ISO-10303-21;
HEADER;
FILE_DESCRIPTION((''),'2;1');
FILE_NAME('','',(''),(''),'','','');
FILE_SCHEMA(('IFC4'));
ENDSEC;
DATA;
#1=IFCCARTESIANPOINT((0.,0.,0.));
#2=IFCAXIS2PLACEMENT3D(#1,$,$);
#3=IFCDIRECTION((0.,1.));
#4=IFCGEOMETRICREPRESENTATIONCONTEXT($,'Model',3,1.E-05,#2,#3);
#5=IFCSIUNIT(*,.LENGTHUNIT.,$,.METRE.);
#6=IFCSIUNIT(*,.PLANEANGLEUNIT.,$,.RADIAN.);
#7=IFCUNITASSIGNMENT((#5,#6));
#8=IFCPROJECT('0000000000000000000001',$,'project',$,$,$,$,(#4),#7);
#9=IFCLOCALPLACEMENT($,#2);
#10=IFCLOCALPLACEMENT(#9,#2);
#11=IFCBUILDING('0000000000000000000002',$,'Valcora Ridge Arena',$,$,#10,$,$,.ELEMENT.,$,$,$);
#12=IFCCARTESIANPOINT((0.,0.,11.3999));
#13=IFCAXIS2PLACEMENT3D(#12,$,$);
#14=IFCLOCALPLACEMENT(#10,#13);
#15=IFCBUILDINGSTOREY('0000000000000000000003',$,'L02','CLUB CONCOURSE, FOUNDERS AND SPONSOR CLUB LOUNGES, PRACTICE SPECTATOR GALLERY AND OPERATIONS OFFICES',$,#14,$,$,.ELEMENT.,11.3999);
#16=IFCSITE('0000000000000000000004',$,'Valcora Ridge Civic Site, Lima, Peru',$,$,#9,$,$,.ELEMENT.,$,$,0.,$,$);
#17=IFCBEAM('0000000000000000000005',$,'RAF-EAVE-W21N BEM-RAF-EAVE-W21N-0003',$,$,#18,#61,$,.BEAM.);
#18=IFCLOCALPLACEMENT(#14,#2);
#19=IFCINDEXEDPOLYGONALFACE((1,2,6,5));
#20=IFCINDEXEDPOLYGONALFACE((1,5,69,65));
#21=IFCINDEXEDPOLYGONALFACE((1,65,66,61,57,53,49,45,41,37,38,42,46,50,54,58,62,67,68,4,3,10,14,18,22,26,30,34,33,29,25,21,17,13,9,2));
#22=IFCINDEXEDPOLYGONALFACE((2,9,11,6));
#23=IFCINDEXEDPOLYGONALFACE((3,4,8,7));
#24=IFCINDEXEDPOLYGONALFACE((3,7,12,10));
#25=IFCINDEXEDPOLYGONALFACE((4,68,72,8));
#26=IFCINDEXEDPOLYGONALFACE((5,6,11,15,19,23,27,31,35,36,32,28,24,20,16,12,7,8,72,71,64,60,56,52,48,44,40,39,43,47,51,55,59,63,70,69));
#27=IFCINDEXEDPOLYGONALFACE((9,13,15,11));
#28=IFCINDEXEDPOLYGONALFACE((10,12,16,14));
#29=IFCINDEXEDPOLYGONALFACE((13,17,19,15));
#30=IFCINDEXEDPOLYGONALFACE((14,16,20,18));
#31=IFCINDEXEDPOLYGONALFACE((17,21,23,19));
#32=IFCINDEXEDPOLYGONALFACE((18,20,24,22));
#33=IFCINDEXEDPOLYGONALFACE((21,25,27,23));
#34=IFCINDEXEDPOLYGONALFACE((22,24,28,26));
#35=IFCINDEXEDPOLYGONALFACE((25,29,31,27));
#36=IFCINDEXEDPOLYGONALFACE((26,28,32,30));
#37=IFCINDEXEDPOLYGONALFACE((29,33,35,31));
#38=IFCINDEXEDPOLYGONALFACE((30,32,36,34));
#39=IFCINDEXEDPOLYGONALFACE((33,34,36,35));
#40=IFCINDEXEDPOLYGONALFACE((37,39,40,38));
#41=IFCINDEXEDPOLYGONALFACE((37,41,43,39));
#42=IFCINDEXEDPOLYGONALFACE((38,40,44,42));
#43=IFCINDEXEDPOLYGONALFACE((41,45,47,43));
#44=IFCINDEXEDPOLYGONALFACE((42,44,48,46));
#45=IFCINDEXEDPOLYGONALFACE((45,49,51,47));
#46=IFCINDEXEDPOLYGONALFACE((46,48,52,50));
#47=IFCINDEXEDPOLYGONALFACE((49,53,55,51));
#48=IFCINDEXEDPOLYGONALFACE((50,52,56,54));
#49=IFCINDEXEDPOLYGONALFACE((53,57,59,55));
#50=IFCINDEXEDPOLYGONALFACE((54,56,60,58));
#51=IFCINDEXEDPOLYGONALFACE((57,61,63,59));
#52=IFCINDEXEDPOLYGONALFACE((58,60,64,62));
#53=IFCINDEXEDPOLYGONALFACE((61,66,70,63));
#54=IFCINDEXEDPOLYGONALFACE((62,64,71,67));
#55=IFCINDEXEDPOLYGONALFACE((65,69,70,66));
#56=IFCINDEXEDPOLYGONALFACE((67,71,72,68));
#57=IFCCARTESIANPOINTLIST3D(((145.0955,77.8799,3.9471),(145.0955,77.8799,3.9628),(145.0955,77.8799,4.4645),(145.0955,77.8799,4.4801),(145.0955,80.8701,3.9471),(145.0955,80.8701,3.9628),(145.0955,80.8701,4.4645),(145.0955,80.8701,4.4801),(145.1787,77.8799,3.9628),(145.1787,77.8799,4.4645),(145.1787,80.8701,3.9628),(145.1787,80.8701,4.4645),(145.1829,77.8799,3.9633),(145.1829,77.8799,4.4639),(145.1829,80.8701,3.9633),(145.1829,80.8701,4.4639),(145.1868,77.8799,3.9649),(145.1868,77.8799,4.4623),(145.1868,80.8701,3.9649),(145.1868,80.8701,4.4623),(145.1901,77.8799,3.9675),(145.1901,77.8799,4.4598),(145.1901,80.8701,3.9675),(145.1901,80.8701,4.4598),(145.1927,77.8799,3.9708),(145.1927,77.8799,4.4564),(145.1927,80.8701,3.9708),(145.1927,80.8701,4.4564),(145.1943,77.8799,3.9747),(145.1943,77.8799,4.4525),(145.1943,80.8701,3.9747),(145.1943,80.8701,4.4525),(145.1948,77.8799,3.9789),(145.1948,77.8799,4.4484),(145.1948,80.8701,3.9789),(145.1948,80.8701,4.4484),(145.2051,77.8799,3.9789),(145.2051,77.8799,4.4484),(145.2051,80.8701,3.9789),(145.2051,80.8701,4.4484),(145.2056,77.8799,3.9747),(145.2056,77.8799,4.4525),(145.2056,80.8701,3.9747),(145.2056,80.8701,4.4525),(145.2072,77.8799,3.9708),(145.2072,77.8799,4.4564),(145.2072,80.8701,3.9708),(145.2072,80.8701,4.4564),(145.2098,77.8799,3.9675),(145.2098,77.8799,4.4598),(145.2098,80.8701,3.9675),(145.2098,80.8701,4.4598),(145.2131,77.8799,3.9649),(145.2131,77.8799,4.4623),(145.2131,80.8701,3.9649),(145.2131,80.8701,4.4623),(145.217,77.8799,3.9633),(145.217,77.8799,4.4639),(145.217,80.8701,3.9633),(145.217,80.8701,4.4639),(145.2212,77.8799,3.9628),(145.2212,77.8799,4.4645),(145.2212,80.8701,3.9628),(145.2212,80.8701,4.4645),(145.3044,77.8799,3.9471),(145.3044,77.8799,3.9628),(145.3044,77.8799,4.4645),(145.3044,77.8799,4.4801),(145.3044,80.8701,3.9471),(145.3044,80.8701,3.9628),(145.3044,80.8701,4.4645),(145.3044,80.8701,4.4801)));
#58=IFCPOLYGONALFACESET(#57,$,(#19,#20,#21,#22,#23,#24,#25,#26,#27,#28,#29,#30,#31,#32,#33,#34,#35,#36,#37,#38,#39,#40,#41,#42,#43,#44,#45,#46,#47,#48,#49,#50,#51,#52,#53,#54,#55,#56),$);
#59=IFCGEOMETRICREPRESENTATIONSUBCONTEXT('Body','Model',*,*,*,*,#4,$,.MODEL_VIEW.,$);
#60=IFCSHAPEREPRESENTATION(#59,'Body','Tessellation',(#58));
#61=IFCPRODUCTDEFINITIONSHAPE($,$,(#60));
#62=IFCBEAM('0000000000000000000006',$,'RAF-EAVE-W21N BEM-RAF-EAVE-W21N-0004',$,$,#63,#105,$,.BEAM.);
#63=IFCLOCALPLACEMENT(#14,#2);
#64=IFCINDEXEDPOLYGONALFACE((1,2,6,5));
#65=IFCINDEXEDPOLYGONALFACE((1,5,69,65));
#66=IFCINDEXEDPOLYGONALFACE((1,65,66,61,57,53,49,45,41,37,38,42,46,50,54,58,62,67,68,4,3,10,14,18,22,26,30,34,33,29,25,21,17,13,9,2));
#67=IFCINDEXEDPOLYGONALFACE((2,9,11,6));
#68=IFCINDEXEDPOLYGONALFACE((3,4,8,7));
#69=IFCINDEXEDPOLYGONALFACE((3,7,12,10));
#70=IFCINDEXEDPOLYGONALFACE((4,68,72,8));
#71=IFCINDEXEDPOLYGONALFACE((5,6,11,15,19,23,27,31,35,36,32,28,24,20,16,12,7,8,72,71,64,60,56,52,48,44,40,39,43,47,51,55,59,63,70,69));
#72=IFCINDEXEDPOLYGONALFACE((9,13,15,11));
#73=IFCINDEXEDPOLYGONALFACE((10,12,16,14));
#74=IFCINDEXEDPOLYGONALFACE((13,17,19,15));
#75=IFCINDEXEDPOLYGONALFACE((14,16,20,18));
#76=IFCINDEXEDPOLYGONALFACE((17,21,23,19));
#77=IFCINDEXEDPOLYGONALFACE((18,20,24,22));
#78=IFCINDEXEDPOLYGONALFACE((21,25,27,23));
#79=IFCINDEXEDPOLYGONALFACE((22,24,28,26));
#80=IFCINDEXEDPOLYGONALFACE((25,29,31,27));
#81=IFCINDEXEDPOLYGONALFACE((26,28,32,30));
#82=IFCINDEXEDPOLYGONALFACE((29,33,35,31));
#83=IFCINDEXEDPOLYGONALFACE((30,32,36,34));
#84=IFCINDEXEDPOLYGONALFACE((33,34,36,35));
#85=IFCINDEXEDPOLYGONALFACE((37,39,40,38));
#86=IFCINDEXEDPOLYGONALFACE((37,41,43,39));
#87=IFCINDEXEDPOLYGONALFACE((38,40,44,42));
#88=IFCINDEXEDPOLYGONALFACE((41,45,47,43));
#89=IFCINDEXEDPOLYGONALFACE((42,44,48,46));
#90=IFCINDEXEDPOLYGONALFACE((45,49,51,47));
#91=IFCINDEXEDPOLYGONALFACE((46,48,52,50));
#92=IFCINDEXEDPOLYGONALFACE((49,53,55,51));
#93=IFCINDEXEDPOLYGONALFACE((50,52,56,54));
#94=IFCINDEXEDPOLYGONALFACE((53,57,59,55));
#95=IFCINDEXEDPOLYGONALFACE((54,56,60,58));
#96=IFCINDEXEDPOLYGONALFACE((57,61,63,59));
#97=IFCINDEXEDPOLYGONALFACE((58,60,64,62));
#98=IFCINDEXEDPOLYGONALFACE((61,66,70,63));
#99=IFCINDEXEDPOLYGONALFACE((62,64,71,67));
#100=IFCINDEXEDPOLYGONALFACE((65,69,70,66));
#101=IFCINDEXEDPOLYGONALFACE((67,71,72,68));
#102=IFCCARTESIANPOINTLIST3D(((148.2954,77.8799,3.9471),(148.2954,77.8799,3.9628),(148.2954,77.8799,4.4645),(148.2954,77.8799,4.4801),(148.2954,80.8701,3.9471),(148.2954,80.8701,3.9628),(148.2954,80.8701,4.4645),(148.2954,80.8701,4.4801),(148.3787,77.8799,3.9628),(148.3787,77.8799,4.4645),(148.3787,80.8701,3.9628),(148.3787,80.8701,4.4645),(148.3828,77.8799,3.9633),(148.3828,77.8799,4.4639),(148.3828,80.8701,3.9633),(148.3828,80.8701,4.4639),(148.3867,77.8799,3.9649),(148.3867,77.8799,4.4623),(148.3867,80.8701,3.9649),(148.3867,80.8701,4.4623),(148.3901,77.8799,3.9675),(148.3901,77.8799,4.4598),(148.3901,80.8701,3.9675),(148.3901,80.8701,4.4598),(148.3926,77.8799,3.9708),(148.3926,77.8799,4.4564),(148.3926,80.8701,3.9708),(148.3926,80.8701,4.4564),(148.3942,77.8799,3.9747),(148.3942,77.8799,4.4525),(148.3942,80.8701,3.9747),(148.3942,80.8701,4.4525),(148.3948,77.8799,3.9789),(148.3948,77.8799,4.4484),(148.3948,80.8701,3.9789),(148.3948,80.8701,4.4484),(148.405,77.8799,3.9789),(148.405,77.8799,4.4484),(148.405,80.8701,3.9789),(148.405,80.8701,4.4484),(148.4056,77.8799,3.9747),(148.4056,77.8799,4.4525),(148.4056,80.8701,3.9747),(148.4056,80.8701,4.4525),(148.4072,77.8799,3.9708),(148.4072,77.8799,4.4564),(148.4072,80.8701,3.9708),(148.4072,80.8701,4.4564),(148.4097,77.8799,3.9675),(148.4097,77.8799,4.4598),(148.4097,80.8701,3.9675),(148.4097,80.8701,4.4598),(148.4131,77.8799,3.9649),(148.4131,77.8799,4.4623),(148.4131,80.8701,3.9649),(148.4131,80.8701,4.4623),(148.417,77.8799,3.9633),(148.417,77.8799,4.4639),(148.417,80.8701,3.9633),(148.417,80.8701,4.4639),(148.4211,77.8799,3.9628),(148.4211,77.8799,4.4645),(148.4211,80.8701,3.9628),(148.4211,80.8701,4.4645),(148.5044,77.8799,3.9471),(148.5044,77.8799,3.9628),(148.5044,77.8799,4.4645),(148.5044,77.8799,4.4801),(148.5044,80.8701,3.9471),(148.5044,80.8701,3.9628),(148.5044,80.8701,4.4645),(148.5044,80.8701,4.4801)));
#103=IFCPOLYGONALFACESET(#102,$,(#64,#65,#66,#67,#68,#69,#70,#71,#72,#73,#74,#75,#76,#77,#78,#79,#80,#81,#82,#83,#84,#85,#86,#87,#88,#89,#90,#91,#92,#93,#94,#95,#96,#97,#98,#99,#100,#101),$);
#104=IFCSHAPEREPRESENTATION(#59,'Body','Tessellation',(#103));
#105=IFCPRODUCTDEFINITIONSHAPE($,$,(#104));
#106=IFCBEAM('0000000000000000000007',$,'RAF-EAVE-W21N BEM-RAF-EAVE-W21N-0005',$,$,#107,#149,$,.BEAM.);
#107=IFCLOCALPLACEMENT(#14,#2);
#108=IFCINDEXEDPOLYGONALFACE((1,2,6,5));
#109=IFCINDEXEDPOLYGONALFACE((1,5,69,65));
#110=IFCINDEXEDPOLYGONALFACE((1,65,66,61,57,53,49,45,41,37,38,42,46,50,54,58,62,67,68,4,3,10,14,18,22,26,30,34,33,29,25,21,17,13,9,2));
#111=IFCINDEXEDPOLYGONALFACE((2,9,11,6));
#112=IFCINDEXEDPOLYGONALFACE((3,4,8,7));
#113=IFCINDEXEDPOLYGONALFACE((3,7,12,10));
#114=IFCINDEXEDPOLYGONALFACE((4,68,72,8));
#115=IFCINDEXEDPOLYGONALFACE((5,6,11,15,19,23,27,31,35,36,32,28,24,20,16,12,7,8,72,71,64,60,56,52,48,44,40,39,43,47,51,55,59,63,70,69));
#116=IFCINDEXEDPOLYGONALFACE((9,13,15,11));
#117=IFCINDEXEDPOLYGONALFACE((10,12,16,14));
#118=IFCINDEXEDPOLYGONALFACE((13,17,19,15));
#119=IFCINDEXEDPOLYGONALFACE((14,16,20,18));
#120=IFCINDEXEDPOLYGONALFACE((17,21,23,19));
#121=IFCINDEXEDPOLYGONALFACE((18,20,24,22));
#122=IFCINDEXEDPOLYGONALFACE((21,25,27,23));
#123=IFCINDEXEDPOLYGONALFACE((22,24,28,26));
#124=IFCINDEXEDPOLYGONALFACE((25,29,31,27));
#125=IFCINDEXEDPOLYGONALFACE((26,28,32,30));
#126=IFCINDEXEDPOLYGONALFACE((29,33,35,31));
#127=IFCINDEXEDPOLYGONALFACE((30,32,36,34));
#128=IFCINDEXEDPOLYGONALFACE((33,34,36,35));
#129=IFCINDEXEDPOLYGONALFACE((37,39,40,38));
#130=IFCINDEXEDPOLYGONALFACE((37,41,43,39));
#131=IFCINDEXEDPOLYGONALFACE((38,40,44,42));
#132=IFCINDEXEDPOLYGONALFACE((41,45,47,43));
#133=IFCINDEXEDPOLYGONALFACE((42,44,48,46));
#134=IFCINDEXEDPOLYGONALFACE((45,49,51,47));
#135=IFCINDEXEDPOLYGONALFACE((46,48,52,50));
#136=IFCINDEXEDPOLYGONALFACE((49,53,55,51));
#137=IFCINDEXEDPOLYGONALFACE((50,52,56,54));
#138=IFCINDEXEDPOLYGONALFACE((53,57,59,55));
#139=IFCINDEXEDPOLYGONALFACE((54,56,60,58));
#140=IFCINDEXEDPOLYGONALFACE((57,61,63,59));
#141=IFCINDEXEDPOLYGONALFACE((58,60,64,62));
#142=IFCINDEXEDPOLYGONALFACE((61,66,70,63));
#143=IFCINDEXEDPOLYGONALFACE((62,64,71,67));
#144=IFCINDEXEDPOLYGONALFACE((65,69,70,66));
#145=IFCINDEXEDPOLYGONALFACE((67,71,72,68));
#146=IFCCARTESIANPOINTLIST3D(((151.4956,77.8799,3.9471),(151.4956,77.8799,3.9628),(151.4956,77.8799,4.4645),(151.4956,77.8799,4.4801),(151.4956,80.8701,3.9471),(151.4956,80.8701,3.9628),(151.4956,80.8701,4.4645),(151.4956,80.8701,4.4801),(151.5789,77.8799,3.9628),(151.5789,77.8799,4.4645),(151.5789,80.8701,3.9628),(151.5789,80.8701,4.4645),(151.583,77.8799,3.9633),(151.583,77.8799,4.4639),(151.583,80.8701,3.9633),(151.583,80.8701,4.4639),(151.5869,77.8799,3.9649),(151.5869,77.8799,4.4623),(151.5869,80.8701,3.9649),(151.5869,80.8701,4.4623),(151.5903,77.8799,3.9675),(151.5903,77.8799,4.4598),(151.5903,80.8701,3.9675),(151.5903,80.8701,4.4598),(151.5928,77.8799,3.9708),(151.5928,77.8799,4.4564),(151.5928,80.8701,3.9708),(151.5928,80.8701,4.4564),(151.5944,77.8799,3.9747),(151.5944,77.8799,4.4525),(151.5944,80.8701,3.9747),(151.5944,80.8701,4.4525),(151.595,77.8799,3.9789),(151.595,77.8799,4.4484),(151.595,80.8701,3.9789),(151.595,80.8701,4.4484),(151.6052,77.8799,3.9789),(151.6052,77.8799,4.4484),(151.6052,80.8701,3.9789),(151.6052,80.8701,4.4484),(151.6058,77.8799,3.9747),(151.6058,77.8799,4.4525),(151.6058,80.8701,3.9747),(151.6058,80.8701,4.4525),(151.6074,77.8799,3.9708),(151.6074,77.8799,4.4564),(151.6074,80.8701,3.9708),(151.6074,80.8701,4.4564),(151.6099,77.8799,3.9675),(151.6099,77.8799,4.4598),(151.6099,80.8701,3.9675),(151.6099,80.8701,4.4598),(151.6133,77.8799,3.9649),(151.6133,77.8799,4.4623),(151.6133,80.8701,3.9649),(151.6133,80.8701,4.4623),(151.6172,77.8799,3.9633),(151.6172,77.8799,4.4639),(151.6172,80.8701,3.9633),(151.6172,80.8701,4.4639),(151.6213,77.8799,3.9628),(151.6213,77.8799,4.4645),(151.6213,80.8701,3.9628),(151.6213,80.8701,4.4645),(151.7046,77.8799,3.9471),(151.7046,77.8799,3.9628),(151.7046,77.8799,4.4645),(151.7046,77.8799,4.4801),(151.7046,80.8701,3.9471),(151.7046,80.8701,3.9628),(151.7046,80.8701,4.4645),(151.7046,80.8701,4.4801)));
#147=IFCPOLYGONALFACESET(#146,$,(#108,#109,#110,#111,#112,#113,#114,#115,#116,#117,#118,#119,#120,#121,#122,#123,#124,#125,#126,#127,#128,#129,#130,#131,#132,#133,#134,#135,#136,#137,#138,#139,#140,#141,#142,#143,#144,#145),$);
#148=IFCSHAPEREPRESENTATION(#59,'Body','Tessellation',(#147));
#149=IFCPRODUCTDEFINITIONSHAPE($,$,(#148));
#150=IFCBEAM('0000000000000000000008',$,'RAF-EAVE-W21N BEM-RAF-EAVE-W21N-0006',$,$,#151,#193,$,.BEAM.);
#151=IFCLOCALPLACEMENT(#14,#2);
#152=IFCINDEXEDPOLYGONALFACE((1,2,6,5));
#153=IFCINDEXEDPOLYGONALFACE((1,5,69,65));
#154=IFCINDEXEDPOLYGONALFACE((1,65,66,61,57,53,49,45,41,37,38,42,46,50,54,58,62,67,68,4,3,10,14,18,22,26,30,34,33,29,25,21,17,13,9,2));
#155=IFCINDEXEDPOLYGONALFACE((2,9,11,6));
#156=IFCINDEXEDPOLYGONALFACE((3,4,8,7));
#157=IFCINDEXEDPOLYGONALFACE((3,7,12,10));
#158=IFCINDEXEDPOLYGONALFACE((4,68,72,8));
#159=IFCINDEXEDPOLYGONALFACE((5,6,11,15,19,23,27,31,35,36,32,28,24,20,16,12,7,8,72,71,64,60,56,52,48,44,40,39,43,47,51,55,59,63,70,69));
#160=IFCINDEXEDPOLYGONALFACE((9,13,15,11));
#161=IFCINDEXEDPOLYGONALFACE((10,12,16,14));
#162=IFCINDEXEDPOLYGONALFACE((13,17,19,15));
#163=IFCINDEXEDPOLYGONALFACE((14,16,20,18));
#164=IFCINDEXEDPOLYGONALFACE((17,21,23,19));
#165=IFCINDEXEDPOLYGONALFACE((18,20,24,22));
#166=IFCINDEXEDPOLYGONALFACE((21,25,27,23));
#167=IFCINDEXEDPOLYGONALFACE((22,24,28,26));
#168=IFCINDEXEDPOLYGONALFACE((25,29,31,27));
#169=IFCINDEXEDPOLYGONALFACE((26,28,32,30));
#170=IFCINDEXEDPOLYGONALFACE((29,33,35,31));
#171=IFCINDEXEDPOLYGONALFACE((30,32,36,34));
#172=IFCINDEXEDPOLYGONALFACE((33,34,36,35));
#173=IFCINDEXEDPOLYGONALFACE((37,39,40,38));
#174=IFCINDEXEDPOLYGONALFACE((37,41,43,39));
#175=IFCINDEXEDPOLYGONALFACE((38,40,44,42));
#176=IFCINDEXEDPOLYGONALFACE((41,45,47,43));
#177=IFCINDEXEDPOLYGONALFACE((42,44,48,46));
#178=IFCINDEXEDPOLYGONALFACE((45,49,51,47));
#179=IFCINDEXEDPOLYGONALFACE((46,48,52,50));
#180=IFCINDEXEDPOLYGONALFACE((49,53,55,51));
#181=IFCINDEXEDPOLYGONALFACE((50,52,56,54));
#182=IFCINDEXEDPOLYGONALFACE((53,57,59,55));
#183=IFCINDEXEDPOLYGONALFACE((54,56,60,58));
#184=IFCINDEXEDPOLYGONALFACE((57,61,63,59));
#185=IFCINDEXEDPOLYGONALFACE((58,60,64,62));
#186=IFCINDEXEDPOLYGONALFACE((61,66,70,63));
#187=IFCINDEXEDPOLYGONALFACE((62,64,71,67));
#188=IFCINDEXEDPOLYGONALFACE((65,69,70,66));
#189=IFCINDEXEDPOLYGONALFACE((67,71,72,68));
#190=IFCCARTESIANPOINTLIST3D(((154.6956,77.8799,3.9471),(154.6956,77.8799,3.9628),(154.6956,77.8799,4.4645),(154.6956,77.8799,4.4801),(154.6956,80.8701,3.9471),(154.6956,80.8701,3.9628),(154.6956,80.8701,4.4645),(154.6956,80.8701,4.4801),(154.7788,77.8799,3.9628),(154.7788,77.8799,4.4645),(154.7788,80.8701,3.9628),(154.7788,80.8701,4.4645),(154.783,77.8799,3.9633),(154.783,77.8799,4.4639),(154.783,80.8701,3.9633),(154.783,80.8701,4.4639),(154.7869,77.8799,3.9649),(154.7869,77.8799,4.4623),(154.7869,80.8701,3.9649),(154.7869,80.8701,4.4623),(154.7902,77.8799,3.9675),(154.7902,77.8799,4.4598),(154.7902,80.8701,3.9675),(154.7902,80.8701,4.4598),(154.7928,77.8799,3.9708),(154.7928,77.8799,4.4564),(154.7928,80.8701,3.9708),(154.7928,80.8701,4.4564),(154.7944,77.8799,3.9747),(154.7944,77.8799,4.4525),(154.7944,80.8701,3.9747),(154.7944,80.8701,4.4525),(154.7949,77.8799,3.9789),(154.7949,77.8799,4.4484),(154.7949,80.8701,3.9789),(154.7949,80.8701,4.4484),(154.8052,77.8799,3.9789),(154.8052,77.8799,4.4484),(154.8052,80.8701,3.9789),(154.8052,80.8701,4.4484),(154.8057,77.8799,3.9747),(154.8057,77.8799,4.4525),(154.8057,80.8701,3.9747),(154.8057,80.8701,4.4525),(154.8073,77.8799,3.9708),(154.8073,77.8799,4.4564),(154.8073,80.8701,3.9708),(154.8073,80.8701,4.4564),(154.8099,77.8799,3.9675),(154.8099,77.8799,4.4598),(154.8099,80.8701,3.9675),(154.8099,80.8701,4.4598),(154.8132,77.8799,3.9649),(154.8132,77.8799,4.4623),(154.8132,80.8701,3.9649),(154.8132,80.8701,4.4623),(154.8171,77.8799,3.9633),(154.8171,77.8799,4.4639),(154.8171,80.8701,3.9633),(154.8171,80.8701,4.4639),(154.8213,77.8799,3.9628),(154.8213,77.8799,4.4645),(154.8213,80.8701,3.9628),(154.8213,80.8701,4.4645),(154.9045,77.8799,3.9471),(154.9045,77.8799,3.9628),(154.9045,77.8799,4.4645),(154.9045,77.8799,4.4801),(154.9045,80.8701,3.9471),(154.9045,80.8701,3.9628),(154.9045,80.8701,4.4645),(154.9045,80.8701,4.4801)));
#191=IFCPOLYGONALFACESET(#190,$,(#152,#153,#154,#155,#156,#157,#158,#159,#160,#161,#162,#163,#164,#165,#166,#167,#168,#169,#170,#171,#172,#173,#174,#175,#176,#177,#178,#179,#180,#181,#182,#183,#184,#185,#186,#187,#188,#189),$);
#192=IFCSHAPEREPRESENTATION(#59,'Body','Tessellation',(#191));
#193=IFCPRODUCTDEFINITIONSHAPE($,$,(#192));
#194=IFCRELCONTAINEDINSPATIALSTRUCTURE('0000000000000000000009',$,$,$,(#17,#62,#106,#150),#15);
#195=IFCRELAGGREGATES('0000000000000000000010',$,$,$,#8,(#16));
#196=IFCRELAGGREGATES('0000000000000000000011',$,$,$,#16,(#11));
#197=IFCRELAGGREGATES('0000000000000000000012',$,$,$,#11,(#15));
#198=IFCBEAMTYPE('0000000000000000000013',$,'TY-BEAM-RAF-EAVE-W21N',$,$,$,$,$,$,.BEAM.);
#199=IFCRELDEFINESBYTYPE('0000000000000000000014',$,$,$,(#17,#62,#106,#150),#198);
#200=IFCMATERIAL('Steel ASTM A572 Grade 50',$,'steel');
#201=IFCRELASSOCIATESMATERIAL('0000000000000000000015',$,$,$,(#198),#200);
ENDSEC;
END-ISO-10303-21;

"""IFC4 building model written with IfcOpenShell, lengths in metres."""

from ifc_helpers import new_model, si_unit, direction, frame, origin, origin_2d, place, context, subcontext, project, spatial, i_section, extrude, material, material_profile, profile_set, type_object, element, save


model = new_model("IFC4")

# Units and contexts
model_context = context("Model", 3, precision=1e-05, world=origin(), true_north=direction((0.0, 1.0)))
body_context = subcontext(model_context, "Body", "Model", "MODEL_VIEW")
ifc_project = project(units=[si_unit("LENGTHUNIT", "METRE"), si_unit("PLANEANGLEUNIT", "RADIAN")], contexts=[model_context])

# Site, building, storey
site_placement = place(None, origin())
site = spatial("IfcSite", under=ifc_project, at=site_placement, Name="Valcora Ridge Civic Site, Lima, Peru", CompositionType="ELEMENT", RefElevation=0.0)
building_placement = place(site_placement, origin())
building = spatial("IfcBuilding", under=site, at=building_placement, Name="Valcora Ridge Arena", CompositionType="ELEMENT")
storey_placement = place(building_placement, frame((0.0, 0.0, 11.3999)))
storey = spatial("IfcBuildingStorey", under=building, at=storey_placement, Name="L02", Description="CLUB CONCOURSE, FOUNDERS AND SPONSOR CLUB LOUNGES, PRACTICE SPECTATOR GALLERY AND OPERATIONS OFFICES", CompositionType="ELEMENT", Elevation=11.3999)

# Shared definitions
ifc_material_1 = material(Name="Steel ASTM A572 Grade 50", Category="steel")

# Beams
ifc_material_profile_1 = material_profile(ifc_material_1, i_section(OverallWidth=0.209, OverallDepth=0.533, WebThickness=0.0103, FlangeThickness=0.0156, FilletRadius=0.0161, at=origin_2d()), Name="W21X62")
ifc_profile_set_1 = profile_set([ifc_material_profile_1], Name="Steel ASTM A572 Grade 50")
beam_type_1 = type_object("IfcBeamType", Name="TY-BEAM-RAF-EAVE-W21N", PredefinedType="BEAM", material=ifc_profile_set_1)
for number, where, z_axis, x_axis, name in (
    (1, (145.2, 77.8799, 4.2136), (0.0, 1.0, 0.0), (-1.0, 0.0, 0.0), "RAF-EAVE-W21N BEM-RAF-EAVE-W21N-0003"),
    (2, (148.3999, 77.8799, 4.2136), (0.0, 1.0, 0.0), (-1.0, 0.0, 0.0), "RAF-EAVE-W21N BEM-RAF-EAVE-W21N-0004"),
    (3, (151.6001, 77.8799, 4.2136), (0.0, 1.0, 0.0), (-1.0, 0.0, 0.0), "RAF-EAVE-W21N BEM-RAF-EAVE-W21N-0005"),
    (4, (154.8, 77.8799, 4.2136), (0.0, 1.0, 0.0), (-1.0, 0.0, 0.0), "RAF-EAVE-W21N BEM-RAF-EAVE-W21N-0006"),
):
    element("IfcBeam", number, at=place(storey_placement, frame(where, z_axis=z_axis, x_axis=x_axis)), inside=storey, type_object=beam_type_1, Name=name, PredefinedType="BEAM", context=body_context, shape_type="SweptSolid", body=[
        extrude(i_section(OverallWidth=0.209, OverallDepth=0.533, WebThickness=0.0103, FlangeThickness=0.0156, FilletRadius=0.0161, at=origin_2d()), origin(), (0.0, 0.0, 1.0), 2.9902),
    ])

save(model, "model.ifc")
